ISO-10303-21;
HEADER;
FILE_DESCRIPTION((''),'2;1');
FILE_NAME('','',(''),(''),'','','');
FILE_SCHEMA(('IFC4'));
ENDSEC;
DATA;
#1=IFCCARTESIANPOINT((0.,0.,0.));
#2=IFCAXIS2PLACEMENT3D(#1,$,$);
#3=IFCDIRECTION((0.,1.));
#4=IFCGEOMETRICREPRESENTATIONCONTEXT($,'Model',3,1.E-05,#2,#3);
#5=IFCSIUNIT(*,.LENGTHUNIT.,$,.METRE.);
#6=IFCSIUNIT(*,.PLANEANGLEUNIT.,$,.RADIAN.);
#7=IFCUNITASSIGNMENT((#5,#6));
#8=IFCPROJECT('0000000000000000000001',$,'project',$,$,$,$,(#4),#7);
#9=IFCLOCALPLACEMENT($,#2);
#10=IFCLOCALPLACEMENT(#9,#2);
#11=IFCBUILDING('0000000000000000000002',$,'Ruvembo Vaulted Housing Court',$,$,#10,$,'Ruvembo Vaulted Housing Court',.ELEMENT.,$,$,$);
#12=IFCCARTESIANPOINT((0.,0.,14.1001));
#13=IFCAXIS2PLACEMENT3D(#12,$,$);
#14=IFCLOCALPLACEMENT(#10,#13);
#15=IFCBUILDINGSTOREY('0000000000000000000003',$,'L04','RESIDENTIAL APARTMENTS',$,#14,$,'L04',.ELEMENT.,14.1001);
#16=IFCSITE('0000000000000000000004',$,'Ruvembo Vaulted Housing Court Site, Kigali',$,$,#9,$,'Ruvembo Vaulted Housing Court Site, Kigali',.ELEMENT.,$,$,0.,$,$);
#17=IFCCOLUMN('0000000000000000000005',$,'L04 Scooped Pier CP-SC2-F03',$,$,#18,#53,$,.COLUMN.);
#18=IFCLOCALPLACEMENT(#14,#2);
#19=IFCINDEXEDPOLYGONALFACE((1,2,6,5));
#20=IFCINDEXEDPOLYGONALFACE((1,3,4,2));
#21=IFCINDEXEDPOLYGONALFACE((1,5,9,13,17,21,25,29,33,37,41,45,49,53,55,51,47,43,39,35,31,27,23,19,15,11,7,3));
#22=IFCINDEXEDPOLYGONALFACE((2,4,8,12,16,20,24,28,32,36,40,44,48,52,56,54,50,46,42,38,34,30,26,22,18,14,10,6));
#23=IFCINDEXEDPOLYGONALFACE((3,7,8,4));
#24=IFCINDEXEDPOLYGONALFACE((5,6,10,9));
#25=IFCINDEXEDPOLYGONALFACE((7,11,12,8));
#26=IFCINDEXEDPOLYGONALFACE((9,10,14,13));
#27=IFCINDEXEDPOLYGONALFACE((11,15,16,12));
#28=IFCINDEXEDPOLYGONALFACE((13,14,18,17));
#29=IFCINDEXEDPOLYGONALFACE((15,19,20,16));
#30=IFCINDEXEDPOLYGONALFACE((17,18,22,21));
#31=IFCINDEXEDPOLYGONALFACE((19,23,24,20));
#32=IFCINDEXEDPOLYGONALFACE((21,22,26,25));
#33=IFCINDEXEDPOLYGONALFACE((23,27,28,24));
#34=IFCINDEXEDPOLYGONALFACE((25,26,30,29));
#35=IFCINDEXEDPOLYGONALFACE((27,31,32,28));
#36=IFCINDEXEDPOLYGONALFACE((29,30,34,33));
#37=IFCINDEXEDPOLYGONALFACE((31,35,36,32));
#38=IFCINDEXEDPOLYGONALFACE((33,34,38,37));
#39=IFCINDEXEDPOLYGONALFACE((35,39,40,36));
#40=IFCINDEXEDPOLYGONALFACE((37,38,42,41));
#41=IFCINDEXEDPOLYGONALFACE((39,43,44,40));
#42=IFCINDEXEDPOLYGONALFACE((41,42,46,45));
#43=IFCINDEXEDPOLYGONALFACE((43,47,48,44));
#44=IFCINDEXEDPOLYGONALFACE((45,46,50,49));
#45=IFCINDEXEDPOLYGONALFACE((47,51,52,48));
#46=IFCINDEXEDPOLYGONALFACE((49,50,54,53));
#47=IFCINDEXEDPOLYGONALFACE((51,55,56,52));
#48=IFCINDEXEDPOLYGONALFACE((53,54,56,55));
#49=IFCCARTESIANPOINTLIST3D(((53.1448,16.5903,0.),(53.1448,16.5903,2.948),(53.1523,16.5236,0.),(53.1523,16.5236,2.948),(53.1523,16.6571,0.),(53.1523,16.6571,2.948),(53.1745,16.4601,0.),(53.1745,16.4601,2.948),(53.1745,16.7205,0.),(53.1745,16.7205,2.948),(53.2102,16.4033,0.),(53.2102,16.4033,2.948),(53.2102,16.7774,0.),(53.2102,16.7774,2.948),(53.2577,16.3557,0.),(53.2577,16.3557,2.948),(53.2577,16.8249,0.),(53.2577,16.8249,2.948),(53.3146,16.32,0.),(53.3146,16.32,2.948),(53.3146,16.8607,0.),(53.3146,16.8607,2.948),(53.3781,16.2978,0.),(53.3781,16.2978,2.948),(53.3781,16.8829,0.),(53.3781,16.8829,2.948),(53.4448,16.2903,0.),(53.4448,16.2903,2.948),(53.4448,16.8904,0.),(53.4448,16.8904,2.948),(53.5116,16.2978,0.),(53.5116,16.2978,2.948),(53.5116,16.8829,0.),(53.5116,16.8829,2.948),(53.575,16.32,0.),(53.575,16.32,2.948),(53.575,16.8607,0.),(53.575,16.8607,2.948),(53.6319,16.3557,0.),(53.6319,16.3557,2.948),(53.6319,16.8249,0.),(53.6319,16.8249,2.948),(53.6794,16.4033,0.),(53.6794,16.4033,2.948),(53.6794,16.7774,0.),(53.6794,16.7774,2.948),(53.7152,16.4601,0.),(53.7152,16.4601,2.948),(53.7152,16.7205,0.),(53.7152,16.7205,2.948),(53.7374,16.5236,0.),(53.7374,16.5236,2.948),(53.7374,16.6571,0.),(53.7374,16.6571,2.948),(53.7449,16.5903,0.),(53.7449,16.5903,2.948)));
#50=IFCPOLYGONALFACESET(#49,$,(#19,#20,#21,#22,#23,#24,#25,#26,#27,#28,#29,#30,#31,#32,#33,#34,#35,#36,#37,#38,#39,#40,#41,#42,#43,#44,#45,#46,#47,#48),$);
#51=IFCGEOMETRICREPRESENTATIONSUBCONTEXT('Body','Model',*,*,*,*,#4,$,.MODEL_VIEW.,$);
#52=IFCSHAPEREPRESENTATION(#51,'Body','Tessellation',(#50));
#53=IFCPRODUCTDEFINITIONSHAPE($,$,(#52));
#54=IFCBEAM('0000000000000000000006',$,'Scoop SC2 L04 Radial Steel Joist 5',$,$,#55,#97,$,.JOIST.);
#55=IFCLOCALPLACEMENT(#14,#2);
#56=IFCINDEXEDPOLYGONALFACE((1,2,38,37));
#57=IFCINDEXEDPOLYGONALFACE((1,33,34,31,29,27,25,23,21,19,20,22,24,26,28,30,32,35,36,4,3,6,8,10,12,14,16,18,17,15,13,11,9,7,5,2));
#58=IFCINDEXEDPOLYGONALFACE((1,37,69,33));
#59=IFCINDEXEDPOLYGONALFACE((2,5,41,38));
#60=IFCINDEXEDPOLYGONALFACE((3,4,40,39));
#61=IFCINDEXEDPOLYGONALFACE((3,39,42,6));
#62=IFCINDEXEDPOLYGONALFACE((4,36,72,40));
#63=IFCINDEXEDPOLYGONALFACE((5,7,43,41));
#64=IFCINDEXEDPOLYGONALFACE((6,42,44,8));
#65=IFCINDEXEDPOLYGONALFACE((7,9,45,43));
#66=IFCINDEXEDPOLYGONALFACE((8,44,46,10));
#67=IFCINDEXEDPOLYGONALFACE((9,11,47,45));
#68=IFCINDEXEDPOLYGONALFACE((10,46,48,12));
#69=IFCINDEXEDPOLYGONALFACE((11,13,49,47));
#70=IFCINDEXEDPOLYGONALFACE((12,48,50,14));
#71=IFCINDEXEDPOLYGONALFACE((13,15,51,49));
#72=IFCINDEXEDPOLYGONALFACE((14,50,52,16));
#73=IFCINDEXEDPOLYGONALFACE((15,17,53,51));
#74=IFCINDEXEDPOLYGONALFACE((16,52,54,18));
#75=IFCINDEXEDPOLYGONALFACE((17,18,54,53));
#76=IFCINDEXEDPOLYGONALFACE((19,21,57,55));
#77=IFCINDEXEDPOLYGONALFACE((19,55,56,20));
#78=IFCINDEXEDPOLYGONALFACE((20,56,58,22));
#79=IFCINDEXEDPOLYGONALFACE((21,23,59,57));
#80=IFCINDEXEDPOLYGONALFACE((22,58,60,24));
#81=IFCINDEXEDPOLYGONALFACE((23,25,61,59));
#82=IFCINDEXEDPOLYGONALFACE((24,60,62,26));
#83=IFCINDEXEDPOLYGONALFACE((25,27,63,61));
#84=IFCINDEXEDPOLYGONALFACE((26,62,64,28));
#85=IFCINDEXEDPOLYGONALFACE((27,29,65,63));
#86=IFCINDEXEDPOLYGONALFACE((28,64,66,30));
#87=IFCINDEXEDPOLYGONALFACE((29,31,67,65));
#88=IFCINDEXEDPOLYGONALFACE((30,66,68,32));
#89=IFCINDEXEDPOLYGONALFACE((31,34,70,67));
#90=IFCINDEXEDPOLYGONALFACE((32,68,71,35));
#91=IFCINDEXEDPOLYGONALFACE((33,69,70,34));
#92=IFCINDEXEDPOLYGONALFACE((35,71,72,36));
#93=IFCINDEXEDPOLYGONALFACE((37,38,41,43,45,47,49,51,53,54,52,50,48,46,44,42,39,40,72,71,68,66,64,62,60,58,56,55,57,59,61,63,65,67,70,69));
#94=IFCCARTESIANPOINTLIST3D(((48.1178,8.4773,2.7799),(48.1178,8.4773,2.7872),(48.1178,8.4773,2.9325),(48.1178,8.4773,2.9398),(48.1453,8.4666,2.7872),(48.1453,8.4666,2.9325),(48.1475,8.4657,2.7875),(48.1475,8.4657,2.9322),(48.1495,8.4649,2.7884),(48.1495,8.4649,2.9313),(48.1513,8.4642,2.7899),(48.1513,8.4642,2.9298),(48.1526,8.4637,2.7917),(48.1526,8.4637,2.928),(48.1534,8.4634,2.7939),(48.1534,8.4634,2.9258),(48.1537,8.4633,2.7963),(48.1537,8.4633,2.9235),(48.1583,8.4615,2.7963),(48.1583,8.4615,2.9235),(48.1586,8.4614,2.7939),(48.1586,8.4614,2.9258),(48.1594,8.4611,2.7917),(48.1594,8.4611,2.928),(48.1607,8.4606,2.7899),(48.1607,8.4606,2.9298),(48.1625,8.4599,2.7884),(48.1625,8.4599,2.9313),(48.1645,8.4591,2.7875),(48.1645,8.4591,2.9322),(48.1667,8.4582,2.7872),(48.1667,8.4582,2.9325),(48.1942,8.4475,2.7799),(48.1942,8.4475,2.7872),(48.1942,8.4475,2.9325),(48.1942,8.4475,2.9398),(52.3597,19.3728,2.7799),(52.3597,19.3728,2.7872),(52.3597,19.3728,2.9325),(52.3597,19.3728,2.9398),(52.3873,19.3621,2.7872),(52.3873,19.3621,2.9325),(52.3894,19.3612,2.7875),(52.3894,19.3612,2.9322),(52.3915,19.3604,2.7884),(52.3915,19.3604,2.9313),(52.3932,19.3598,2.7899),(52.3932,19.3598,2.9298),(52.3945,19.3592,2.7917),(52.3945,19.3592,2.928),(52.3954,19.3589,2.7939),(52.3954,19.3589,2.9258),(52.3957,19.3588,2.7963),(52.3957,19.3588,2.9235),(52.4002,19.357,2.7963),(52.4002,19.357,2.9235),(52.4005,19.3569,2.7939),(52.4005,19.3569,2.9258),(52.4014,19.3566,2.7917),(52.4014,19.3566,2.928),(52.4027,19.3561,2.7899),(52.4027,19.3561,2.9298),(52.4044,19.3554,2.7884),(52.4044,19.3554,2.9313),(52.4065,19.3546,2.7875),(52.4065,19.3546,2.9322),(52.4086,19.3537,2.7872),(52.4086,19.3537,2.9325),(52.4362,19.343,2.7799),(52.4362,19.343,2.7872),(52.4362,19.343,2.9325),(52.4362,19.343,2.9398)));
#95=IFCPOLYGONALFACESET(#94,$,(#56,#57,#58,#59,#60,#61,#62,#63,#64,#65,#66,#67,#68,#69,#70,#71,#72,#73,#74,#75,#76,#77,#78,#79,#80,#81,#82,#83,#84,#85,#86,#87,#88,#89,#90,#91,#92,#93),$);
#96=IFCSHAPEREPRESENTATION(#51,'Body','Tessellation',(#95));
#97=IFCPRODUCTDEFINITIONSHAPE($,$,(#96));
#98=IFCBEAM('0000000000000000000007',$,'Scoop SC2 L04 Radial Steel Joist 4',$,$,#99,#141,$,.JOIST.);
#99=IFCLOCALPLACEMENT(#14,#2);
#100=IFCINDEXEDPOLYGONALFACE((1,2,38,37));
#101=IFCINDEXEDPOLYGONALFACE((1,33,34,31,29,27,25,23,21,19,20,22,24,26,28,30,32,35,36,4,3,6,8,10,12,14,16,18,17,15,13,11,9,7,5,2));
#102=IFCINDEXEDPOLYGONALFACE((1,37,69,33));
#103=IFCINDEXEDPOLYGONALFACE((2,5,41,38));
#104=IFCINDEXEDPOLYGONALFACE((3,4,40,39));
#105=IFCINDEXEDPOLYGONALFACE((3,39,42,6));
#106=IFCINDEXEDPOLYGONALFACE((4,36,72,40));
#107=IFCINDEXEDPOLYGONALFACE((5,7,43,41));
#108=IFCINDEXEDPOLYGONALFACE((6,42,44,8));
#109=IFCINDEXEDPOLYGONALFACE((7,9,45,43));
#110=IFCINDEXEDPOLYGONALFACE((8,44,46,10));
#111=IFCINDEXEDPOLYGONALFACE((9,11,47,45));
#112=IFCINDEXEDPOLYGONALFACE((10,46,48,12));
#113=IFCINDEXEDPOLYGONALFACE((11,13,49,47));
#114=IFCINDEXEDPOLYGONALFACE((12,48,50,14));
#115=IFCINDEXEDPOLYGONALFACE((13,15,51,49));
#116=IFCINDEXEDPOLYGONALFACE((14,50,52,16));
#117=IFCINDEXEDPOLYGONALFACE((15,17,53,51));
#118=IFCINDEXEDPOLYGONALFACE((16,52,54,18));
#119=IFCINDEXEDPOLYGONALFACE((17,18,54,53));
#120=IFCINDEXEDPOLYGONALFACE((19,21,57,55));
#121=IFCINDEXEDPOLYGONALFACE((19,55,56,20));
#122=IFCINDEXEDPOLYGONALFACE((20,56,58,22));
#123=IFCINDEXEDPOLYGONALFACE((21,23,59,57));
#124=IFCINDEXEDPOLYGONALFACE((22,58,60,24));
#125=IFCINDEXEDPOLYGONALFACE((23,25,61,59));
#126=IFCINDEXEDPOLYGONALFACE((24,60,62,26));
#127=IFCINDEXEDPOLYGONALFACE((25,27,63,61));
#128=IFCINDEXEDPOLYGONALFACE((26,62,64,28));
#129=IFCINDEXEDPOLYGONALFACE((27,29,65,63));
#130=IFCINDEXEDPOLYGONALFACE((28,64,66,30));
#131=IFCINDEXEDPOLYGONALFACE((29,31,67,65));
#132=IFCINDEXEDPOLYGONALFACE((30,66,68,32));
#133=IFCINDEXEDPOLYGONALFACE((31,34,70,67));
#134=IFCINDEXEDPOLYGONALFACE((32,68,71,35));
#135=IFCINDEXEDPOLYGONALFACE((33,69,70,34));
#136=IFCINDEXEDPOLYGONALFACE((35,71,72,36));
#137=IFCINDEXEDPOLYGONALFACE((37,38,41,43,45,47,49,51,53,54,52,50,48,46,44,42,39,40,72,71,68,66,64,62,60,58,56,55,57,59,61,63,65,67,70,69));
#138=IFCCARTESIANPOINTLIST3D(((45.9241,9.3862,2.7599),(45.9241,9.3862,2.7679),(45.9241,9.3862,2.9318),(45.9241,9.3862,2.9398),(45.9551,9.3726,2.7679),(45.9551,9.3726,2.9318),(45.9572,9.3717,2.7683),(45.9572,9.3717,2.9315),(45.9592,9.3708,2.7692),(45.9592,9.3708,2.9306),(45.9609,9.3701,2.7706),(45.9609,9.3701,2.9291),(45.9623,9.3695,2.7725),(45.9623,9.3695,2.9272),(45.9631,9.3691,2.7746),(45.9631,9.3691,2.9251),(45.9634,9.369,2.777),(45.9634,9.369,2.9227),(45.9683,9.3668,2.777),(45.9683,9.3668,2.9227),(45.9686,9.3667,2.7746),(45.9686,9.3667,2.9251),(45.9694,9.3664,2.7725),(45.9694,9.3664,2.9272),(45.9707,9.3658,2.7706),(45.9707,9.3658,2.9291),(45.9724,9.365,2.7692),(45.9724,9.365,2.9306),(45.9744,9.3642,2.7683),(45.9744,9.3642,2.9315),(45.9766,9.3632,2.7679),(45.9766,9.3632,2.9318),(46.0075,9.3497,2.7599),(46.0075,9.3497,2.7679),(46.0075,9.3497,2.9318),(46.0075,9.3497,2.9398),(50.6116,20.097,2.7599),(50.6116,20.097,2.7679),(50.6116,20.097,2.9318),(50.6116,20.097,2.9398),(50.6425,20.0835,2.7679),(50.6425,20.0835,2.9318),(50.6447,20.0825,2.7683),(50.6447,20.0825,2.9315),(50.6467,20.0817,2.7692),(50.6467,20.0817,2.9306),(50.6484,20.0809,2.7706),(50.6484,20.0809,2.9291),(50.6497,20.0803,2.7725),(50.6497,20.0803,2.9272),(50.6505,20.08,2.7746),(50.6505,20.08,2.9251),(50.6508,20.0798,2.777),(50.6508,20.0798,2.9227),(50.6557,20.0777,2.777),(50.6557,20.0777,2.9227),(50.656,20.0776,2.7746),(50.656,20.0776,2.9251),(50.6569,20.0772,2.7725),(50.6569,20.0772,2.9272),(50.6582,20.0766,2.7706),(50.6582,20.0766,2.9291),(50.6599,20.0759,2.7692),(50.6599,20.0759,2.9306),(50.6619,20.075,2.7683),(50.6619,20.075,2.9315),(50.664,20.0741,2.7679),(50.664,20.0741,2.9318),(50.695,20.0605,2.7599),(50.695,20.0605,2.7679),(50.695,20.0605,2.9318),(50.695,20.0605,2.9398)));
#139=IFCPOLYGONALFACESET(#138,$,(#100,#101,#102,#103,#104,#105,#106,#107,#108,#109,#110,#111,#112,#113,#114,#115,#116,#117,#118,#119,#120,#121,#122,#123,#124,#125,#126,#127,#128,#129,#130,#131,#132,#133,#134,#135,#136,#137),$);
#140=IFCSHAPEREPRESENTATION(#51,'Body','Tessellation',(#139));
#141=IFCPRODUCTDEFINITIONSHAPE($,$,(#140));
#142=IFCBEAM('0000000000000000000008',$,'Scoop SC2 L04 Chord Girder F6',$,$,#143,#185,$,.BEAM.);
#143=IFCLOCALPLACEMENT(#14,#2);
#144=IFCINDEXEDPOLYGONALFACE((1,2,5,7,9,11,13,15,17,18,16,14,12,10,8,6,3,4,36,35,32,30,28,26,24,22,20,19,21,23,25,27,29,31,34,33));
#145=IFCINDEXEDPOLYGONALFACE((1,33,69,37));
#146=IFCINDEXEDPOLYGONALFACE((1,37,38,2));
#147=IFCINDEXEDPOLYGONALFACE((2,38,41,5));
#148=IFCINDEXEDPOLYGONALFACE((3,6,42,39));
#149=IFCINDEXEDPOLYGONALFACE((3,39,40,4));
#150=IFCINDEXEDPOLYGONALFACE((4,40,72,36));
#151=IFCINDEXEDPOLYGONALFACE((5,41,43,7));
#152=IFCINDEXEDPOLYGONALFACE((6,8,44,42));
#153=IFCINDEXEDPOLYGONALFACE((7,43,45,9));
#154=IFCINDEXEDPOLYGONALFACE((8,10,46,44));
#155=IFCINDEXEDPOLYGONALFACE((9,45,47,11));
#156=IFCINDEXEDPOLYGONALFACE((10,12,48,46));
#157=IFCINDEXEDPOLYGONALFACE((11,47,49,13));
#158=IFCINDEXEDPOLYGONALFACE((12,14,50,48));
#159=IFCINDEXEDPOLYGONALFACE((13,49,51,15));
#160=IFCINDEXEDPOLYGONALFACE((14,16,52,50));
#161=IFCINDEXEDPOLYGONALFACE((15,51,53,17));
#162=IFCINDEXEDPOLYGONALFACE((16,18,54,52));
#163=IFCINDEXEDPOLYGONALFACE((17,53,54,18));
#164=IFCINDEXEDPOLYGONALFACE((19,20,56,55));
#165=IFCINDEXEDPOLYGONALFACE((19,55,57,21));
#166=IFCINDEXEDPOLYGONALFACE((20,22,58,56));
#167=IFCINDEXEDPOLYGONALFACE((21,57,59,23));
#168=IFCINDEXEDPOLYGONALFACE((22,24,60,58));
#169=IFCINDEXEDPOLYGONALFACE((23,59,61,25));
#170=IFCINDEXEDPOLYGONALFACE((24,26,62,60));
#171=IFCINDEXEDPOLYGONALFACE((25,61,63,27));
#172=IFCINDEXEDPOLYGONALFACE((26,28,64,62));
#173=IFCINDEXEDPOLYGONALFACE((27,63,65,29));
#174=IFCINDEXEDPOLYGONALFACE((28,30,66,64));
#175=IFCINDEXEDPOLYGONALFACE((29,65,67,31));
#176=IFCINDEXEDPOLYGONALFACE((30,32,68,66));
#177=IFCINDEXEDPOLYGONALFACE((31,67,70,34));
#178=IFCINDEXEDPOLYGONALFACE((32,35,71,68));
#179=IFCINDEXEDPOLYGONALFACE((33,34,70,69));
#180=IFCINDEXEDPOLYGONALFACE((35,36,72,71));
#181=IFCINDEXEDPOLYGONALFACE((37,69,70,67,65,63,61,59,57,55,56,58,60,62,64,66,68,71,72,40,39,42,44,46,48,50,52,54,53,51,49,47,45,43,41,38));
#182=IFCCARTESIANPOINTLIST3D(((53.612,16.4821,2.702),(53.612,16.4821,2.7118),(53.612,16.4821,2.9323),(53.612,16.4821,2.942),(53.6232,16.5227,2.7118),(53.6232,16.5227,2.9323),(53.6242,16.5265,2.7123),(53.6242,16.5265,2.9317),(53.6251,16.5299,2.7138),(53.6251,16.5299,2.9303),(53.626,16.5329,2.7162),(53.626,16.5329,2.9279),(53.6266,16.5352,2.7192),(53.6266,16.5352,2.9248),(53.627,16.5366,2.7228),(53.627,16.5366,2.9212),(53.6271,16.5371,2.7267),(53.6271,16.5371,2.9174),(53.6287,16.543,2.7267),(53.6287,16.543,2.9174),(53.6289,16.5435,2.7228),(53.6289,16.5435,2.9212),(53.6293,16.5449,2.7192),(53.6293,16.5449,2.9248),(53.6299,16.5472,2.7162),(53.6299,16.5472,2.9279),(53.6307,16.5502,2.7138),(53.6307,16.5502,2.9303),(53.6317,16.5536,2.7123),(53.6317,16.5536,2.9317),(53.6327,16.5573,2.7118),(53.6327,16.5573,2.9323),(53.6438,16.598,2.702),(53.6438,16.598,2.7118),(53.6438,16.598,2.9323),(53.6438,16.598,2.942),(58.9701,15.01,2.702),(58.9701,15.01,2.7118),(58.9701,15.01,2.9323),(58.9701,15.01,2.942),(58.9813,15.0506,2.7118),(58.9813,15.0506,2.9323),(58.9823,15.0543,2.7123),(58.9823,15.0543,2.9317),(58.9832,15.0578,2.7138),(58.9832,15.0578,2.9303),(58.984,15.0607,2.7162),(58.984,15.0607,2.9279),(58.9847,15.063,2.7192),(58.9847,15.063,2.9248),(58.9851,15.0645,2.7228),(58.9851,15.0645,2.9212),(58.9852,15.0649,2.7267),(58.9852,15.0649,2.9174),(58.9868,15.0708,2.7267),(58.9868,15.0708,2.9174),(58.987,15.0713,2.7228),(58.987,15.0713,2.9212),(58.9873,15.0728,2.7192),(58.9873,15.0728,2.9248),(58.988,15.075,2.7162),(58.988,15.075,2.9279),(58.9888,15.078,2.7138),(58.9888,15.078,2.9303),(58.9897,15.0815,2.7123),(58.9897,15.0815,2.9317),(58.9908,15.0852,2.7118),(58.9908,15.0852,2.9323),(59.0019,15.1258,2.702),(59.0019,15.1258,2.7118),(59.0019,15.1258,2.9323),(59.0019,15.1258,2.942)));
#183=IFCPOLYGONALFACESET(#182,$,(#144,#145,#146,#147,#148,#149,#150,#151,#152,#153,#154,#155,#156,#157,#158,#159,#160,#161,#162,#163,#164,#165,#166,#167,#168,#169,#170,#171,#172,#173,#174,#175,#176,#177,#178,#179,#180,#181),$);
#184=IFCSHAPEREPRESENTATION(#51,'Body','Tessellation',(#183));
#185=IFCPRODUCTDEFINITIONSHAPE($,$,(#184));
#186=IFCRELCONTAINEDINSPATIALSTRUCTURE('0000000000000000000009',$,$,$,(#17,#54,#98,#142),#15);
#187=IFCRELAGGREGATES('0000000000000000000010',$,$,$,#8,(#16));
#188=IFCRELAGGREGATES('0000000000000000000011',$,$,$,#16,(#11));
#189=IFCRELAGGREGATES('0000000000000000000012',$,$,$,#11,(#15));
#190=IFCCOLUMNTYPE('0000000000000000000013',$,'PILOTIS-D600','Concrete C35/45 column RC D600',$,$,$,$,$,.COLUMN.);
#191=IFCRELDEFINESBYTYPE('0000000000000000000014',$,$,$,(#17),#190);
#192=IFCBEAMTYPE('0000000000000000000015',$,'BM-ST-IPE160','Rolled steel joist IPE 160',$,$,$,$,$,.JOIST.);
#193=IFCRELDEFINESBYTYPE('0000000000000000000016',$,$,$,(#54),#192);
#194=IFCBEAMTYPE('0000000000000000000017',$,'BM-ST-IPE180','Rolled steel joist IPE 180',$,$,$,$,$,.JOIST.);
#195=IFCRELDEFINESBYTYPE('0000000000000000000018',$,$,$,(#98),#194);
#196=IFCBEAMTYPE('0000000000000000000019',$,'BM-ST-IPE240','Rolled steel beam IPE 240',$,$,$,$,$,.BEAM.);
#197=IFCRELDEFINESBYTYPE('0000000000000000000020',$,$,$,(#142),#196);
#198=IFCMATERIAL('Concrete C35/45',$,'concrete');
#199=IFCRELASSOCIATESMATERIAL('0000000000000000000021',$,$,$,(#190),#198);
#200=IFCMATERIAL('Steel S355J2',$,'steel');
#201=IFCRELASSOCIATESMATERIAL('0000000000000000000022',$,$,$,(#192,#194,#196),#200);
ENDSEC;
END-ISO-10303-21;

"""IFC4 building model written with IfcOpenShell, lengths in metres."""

from ifc_helpers import new_model, si_unit, direction, frame, origin, origin_2d, place, context, subcontext, project, spatial, circle, i_section, extrude, material, material_profile, profile_set, type_object, element, save


model = new_model("IFC4")

# Units and contexts
model_context = context("Model", 3, precision=1e-05, world=origin(), true_north=direction((0.0, 1.0)))
body_context = subcontext(model_context, "Body", "Model", "MODEL_VIEW")
ifc_project = project(units=[si_unit("LENGTHUNIT", "METRE"), si_unit("PLANEANGLEUNIT", "RADIAN")], contexts=[model_context])

# Site, building, storey
site_placement = place(None, origin())
site = spatial("IfcSite", under=ifc_project, at=site_placement, Name="Ruvembo Vaulted Housing Court Site, Kigali", LongName="Ruvembo Vaulted Housing Court Site, Kigali", CompositionType="ELEMENT", RefElevation=0.0)
building_placement = place(site_placement, origin())
building = spatial("IfcBuilding", under=site, at=building_placement, Name="Ruvembo Vaulted Housing Court", LongName="Ruvembo Vaulted Housing Court", CompositionType="ELEMENT")
storey_placement = place(building_placement, frame((0.0, 0.0, 14.1001)))
storey = spatial("IfcBuildingStorey", under=building, at=storey_placement, Name="L04", Description="RESIDENTIAL APARTMENTS", LongName="L04", CompositionType="ELEMENT", Elevation=14.1001)

# Column
ifc_material_1 = material(Name="Concrete C35/45", Category="concrete")
ifc_material_profile_1 = material_profile(ifc_material_1, circle(Radius=0.3, at=origin_2d()), Name="RC D600")
ifc_profile_set_1 = profile_set([ifc_material_profile_1], Name="Concrete C35/45")
column_type = type_object("IfcColumnType", Name="PILOTIS-D600", Description="Concrete C35/45 column RC D600", PredefinedType="COLUMN", material=ifc_profile_set_1)
column_placement = place(storey_placement, frame((53.4448, 16.5903, 0.0), z_axis=(0.0, 0.0, 1.0), x_axis=(1.0, 0.0, 0.0)))
element("IfcColumn", 1, at=column_placement, inside=storey, type_object=column_type, Name="L04 Scooped Pier CP-SC2-F03", PredefinedType="COLUMN", context=body_context, shape_type="SweptSolid", body=[
    extrude(circle(Radius=0.3, at=origin_2d()), origin(), (0.0, 0.0, 1.0), 2.948),
])

# Beams
ifc_material_2 = material(Name="Steel S355J2", Category="steel")
ifc_material_profile_2 = material_profile(ifc_material_2, i_section(OverallWidth=0.082, OverallDepth=0.1599, WebThickness=0.0049, FlangeThickness=0.0073, FilletRadius=0.009, at=origin_2d()), Name="IPE 160")
ifc_profile_set_2 = profile_set([ifc_material_profile_2], Name="Steel S355J2")
beam_type_1 = type_object("IfcBeamType", Name="BM-ST-IPE160", Description="Rolled steel joist IPE 160", PredefinedType="JOIST", material=ifc_profile_set_2)
beam_1_placement = place(storey_placement, frame((48.156, 8.4624, 2.8599), z_axis=(0.362803, 0.931866, 0.0), x_axis=(-0.931866, 0.362803, 0.0)))
element("IfcBeam", 2, at=beam_1_placement, inside=storey, type_object=beam_type_1, Name="Scoop SC2 L04 Radial Steel Joist 5", PredefinedType="JOIST", context=body_context, shape_type="SweptSolid", body=[
    extrude(i_section(OverallWidth=0.082, OverallDepth=0.1599, WebThickness=0.0049, FlangeThickness=0.0073, FilletRadius=0.009, at=origin_2d()), origin(), (0.0, 0.0, 1.0), 11.6921),
])
ifc_material_profile_3 = material_profile(ifc_material_2, i_section(OverallWidth=0.0911, OverallDepth=0.1799, WebThickness=0.0054, FlangeThickness=0.0081, FilletRadius=0.009, at=origin_2d()), Name="IPE 180")
ifc_profile_set_3 = profile_set([ifc_material_profile_3], Name="Steel S355J2")
beam_type_2 = type_object("IfcBeamType", Name="BM-ST-IPE180", Description="Rolled steel joist IPE 180", PredefinedType="JOIST", material=ifc_profile_set_3)
beam_2_placement = place(storey_placement, frame((45.9658, 9.3679, 2.8499), z_axis=(0.400924, 0.916111, 0.0), x_axis=(-0.916111, 0.400924, 0.0)))
element("IfcBeam", 3, at=beam_2_placement, inside=storey, type_object=beam_type_2, Name="Scoop SC2 L04 Radial Steel Joist 4", PredefinedType="JOIST", context=body_context, shape_type="SweptSolid", body=[
    extrude(i_section(OverallWidth=0.0911, OverallDepth=0.1799, WebThickness=0.0054, FlangeThickness=0.0081, FilletRadius=0.009, at=origin_2d()), origin(), (0.0, 0.0, 1.0), 11.6917),
])
ifc_material_profile_4 = material_profile(ifc_material_2, i_section(OverallWidth=0.1201, OverallDepth=0.24, WebThickness=0.0061, FlangeThickness=0.0098, FilletRadius=0.0149, at=origin_2d()), Name="IPE 240")
ifc_profile_set_4 = profile_set([ifc_material_profile_4], Name="Steel S355J2")
beam_type_3 = type_object("IfcBeamType", Name="BM-ST-IPE240", Description="Rolled steel beam IPE 240", PredefinedType="BEAM", material=ifc_profile_set_4)
beam_3_placement = place(storey_placement, frame((53.6279, 16.54, 2.822), z_axis=(0.964266, -0.264935, 0.0), x_axis=(0.264935, 0.964266, 0.0)))
element("IfcBeam", 4, at=beam_3_placement, inside=storey, type_object=beam_type_3, Name="Scoop SC2 L04 Chord Girder F6", PredefinedType="BEAM", context=body_context, shape_type="SweptSolid", body=[
    extrude(i_section(OverallWidth=0.1201, OverallDepth=0.24, WebThickness=0.0061, FlangeThickness=0.0098, FilletRadius=0.0149, at=origin_2d()), origin(), (0.0, 0.0, 1.0), 5.5566),
])

save(model, "model.ifc")
